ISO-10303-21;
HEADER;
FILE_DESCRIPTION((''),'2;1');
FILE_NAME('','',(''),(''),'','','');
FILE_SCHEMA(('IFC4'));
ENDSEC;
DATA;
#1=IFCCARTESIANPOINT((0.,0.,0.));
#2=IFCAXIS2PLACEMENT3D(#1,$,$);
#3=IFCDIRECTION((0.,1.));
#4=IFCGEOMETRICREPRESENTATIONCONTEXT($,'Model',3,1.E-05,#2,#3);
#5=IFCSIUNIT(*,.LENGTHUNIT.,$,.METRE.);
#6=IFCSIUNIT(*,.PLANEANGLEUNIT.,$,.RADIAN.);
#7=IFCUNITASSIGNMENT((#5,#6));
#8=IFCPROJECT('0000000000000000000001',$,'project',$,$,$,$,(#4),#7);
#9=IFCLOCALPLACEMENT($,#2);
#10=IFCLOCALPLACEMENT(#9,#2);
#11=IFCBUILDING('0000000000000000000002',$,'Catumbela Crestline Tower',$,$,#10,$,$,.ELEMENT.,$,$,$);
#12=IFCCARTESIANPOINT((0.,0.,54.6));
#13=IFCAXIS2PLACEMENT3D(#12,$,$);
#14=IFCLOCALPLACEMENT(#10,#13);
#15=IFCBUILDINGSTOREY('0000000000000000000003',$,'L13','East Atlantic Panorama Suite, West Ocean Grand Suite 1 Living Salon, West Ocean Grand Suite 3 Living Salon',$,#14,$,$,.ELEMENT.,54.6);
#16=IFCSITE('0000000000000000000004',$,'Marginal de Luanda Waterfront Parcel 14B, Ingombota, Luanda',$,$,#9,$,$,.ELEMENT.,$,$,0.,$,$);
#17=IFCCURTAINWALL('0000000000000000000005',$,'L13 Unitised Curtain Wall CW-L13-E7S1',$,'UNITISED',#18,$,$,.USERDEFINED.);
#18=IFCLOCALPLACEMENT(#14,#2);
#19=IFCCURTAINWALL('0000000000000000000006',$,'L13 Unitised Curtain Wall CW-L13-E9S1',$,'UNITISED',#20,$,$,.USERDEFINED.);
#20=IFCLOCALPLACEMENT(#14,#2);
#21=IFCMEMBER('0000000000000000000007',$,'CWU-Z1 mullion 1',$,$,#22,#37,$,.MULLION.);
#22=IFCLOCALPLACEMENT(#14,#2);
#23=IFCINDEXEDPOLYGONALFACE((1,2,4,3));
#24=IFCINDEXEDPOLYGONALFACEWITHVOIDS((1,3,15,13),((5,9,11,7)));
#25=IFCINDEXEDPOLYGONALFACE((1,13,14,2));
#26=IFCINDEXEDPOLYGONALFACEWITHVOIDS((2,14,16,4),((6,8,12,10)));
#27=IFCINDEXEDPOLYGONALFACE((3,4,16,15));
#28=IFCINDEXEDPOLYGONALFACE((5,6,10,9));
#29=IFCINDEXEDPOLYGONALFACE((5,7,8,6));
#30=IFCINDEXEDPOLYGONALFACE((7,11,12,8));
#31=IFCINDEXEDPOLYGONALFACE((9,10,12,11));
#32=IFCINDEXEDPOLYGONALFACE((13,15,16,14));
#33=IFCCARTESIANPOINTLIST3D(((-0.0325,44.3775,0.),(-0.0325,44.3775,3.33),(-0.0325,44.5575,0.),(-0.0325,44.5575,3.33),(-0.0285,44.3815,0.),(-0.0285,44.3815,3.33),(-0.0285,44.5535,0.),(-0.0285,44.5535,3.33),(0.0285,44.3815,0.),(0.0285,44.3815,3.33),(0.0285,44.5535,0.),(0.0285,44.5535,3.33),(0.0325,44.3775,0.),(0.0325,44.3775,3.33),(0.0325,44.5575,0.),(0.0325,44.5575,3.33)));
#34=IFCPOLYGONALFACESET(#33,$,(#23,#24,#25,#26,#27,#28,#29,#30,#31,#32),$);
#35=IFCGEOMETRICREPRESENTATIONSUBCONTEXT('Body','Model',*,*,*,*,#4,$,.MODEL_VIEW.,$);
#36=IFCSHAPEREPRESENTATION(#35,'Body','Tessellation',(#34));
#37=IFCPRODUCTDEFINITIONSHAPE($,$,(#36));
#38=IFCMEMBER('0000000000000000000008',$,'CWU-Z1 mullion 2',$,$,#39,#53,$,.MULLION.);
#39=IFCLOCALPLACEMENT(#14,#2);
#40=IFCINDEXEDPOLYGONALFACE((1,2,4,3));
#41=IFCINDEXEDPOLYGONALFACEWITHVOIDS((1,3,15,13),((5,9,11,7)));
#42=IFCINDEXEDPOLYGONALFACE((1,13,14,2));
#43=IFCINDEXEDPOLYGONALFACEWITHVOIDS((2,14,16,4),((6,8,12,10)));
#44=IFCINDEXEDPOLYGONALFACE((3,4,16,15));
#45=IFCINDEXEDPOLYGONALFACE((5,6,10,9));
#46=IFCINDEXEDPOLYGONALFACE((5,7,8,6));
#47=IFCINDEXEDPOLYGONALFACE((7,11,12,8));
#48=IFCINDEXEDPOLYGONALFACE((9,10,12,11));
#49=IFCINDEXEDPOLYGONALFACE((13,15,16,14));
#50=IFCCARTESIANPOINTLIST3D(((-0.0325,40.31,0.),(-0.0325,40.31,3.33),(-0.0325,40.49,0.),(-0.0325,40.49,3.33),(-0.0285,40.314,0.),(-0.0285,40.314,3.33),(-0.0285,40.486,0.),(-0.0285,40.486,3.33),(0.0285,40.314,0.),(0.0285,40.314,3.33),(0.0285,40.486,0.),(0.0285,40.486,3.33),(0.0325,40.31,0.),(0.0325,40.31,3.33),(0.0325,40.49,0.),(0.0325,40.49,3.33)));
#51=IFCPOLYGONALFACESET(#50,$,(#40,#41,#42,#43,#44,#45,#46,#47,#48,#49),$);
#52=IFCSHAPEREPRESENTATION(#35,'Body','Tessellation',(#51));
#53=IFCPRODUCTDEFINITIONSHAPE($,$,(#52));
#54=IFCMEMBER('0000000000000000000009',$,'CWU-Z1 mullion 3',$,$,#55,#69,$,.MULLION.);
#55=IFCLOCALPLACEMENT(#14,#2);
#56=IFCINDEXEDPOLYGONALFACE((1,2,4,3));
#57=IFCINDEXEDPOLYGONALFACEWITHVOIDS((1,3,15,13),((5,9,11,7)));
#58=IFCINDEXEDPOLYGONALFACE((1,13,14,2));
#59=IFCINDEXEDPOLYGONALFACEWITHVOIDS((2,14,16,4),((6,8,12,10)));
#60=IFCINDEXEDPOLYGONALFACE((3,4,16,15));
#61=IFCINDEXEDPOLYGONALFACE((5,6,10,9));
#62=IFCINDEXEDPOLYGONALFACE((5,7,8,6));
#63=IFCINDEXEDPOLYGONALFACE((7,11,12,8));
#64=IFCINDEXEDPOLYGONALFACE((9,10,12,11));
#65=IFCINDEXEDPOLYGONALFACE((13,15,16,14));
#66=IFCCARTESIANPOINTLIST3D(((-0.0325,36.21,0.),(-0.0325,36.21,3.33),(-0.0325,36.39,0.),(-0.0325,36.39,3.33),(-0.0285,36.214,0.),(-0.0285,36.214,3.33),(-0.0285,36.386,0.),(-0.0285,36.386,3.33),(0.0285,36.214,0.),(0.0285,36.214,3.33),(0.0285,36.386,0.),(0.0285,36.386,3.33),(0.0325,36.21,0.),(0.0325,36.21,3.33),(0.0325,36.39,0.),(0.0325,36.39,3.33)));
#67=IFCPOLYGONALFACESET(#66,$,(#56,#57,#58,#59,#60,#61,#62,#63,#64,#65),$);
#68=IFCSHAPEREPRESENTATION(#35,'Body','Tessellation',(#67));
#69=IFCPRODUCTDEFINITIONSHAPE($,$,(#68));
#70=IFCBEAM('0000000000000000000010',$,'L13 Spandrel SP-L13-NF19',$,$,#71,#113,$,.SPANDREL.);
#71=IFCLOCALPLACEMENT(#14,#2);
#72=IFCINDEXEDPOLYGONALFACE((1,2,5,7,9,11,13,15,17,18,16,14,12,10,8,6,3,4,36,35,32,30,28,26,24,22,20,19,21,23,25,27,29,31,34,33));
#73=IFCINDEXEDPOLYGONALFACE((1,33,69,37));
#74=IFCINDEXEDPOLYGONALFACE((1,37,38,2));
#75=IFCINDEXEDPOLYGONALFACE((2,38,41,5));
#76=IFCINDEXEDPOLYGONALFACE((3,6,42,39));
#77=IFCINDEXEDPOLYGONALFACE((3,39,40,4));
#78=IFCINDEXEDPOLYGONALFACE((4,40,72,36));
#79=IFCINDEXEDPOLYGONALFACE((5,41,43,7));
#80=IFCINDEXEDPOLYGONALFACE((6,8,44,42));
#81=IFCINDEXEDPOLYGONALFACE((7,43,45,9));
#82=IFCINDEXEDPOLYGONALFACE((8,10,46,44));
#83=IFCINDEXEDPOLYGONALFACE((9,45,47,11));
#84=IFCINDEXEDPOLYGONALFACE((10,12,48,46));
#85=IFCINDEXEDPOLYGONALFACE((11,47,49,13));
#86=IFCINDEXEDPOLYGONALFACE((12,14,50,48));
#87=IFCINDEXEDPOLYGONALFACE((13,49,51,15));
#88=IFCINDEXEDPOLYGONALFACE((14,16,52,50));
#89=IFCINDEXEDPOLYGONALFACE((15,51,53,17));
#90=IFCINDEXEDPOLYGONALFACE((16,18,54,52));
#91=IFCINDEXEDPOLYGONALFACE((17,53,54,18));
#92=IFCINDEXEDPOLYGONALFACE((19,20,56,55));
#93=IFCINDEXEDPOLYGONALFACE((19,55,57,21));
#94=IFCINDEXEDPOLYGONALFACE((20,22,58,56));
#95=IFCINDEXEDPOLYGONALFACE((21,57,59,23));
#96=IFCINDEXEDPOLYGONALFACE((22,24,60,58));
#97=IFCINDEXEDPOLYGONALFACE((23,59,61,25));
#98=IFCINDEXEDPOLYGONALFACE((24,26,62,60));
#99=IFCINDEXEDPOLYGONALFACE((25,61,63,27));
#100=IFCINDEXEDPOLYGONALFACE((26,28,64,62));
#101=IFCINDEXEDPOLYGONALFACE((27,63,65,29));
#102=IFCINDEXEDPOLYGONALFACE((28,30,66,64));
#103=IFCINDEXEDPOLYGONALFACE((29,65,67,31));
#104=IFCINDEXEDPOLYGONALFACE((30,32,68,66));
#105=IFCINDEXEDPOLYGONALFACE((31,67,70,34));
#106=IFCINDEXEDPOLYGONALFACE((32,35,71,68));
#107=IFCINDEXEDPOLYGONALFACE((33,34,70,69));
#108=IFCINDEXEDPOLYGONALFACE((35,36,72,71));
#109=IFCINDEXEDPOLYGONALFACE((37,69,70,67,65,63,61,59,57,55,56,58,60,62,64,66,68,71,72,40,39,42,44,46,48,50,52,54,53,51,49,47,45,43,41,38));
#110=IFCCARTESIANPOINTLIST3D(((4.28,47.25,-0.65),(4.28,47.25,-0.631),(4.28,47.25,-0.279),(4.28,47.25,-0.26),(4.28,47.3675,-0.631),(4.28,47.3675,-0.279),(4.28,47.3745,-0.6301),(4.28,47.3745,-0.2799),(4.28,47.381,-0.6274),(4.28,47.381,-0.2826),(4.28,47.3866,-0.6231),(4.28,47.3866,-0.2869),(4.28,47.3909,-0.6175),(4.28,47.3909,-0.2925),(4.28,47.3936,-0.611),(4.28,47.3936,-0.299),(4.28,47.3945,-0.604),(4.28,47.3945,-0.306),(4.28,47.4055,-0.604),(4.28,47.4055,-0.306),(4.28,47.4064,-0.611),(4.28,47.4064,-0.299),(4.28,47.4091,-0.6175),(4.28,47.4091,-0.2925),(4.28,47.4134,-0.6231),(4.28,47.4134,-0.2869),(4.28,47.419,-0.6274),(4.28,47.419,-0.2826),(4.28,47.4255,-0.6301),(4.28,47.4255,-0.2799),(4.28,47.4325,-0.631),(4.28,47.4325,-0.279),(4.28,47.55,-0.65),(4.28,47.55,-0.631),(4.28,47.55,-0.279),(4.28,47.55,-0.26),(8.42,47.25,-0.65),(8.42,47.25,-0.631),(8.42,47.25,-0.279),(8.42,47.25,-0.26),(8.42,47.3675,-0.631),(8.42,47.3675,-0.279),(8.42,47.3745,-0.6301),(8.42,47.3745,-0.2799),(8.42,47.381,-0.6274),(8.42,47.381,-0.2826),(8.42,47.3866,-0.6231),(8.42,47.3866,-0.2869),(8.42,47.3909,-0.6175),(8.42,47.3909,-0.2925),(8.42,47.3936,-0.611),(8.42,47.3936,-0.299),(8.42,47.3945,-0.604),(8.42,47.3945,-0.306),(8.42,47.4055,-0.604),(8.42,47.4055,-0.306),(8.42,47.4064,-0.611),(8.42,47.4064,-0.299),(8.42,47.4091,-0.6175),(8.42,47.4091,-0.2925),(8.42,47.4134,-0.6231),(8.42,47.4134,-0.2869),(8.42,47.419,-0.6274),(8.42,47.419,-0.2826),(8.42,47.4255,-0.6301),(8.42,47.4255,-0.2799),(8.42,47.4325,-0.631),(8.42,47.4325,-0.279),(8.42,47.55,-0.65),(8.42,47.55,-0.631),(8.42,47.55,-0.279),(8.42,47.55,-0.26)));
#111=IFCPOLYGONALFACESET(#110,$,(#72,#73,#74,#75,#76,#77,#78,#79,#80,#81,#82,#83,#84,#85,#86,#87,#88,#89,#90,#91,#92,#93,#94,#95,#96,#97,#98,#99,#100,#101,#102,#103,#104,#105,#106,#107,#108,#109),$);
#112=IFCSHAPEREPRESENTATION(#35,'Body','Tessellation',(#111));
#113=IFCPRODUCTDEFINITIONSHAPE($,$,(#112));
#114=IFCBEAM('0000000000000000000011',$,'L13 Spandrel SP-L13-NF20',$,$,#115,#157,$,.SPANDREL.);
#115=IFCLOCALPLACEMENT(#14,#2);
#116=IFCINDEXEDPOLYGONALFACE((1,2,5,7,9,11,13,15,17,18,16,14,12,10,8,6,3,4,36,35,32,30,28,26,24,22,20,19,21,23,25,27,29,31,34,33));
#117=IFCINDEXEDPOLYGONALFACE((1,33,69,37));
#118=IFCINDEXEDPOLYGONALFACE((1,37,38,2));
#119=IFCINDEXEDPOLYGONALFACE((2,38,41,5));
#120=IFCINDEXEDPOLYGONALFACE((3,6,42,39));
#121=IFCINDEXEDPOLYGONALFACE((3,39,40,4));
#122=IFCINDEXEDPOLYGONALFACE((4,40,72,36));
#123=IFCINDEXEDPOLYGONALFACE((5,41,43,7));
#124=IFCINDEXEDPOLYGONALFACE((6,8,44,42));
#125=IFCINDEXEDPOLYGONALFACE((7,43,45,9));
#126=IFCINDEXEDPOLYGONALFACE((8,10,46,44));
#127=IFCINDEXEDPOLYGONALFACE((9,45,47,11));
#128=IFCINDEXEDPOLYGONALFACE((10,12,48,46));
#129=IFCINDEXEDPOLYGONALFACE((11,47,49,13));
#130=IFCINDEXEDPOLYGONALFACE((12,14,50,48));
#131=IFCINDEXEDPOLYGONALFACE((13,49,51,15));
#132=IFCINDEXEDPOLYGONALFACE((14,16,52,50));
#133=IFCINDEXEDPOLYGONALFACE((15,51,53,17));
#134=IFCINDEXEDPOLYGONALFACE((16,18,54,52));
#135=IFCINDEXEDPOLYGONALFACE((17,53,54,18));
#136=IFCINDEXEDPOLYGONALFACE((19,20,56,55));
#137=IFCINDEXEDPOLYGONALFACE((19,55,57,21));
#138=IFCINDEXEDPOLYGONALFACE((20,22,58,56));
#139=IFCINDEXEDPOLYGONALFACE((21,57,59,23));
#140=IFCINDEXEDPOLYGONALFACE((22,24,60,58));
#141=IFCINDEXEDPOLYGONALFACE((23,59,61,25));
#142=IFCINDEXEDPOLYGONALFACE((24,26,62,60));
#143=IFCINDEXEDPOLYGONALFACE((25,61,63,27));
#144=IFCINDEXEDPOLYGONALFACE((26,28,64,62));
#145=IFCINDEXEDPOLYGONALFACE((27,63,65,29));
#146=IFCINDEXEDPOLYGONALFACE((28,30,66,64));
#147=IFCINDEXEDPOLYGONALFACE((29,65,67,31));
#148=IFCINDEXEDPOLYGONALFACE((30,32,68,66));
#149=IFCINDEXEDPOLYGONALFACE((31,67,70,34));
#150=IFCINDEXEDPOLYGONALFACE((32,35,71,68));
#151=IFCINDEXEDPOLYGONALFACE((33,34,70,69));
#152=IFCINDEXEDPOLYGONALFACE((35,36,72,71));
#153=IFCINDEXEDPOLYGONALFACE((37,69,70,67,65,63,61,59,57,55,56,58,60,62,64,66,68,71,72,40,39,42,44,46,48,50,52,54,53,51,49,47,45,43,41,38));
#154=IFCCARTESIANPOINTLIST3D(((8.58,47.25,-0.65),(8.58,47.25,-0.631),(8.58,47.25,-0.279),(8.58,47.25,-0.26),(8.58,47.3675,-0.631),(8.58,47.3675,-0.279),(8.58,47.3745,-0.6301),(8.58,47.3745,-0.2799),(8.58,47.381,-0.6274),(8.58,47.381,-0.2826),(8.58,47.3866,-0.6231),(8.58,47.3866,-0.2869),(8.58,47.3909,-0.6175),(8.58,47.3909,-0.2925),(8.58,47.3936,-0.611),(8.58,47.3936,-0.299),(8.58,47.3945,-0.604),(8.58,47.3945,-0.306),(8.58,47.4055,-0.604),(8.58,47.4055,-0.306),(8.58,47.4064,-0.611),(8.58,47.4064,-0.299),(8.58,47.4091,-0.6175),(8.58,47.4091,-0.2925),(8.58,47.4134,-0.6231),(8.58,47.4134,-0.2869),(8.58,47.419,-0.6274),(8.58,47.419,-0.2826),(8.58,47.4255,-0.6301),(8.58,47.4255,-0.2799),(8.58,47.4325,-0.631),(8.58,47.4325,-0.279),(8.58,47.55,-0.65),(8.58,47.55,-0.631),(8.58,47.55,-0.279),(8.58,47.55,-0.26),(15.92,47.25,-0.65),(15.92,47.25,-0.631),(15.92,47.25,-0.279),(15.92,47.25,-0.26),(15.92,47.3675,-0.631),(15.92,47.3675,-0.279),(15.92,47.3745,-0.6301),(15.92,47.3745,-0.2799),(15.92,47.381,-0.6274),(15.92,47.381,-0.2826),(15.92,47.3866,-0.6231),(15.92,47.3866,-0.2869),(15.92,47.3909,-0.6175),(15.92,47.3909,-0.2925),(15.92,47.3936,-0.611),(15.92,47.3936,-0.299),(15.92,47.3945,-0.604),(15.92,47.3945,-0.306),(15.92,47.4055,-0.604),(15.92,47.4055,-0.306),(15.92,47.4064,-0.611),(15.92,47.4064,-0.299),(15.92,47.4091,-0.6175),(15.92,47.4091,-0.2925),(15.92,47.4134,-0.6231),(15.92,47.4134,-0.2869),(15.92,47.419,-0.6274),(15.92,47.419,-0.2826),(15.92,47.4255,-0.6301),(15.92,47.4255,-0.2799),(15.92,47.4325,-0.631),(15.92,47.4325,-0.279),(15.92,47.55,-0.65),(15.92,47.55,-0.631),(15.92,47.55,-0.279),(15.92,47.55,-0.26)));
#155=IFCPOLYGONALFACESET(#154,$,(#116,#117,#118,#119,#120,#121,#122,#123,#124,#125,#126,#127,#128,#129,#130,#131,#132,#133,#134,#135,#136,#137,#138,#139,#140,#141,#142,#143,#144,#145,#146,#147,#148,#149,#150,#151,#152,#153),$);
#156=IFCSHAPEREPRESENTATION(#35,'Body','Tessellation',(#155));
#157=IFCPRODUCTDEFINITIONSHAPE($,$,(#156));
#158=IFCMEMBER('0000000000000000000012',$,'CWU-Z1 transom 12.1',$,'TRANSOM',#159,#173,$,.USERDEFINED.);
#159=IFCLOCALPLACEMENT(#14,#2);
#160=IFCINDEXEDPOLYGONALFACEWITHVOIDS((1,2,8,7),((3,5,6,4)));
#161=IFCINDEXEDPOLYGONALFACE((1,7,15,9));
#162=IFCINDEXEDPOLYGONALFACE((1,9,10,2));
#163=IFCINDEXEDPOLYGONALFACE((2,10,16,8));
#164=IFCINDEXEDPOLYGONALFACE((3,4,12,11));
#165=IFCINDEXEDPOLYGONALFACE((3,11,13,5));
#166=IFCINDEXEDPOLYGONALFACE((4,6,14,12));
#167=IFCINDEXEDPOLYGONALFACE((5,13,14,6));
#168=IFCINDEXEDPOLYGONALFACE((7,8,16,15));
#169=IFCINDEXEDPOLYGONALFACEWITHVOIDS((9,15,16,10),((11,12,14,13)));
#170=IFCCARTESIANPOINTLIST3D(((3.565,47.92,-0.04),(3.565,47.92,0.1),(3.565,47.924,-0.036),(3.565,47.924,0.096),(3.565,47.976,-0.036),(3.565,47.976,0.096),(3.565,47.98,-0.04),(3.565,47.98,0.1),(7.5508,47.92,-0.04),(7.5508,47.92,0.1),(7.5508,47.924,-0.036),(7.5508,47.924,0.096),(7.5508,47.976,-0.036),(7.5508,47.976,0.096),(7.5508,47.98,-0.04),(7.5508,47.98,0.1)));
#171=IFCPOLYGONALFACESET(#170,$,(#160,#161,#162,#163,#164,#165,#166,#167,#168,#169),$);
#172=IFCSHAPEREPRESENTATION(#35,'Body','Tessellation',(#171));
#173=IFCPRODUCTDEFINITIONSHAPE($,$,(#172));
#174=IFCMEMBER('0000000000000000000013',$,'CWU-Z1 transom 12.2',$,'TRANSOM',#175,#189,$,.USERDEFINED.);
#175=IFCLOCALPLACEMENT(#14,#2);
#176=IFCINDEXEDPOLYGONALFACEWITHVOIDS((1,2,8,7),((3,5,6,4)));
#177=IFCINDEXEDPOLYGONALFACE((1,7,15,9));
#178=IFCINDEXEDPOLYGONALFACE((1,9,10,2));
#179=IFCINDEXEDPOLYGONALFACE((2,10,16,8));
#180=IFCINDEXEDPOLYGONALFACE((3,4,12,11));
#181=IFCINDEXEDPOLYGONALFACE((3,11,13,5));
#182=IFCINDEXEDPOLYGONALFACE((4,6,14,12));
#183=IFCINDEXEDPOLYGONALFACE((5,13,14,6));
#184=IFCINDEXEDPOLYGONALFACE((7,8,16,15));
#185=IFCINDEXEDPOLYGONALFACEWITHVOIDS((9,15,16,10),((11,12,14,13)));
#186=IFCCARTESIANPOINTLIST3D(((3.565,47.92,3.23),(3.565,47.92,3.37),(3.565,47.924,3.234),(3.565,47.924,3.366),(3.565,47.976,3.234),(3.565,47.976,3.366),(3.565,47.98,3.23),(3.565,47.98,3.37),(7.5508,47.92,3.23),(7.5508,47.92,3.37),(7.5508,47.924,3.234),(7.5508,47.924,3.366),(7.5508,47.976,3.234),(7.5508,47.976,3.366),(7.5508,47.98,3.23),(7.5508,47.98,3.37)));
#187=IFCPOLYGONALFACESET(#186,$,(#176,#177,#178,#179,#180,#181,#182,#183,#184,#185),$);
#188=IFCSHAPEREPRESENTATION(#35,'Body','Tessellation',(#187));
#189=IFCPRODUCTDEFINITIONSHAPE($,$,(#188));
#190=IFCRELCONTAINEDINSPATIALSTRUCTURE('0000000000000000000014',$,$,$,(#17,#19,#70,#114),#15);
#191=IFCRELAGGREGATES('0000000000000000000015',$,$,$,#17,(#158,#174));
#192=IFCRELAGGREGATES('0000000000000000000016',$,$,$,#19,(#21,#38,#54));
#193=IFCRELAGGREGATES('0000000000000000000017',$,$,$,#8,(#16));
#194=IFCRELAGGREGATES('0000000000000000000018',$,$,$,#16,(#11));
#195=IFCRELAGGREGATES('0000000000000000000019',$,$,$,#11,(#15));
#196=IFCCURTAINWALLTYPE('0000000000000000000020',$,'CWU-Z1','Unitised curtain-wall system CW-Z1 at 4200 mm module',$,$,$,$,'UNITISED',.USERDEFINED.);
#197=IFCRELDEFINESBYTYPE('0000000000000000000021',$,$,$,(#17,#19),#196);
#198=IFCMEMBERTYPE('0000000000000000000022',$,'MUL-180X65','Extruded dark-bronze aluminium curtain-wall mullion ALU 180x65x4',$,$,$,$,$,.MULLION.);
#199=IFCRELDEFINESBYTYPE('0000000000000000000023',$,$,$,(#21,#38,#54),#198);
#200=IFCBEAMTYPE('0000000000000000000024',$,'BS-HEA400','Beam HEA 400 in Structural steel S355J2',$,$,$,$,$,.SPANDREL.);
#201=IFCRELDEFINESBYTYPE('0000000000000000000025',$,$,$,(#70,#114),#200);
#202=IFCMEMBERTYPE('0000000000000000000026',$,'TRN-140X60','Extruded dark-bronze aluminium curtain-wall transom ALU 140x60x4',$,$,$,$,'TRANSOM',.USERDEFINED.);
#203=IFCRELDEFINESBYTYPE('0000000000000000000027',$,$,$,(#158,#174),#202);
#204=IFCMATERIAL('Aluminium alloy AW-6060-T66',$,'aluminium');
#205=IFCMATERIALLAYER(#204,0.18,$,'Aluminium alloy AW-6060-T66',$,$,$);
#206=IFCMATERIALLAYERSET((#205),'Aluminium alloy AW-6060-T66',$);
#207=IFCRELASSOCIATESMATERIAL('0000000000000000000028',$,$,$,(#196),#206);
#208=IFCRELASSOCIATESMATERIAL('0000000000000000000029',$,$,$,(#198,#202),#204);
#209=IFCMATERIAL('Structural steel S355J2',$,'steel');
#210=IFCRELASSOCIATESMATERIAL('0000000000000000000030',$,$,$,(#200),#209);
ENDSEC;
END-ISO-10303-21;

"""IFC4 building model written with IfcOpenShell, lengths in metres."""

from ifc_helpers import new_model, si_unit, direction, frame, origin, origin_2d, place, context, subcontext, project, spatial, hollow_rectangle, i_section, extrude, material, layer, layer_set, material_profile, profile_set, type_object, element, aggregate, save


model = new_model("IFC4")

# Units and contexts
model_context = context("Model", 3, precision=1e-05, world=origin(), true_north=direction((0.0, 1.0)))
body_context = subcontext(model_context, "Body", "Model", "MODEL_VIEW")
ifc_project = project(units=[si_unit("LENGTHUNIT", "METRE"), si_unit("PLANEANGLEUNIT", "RADIAN")], contexts=[model_context])

# Site, building, storey
site_placement = place(None, origin())
site = spatial("IfcSite", under=ifc_project, at=site_placement, Name="Marginal de Luanda Waterfront Parcel 14B, Ingombota, Luanda", CompositionType="ELEMENT", RefElevation=0.0)
building_placement = place(site_placement, origin())
building = spatial("IfcBuilding", under=site, at=building_placement, Name="Catumbela Crestline Tower", CompositionType="ELEMENT")
storey_placement = place(building_placement, frame((0.0, 0.0, 54.6)))
storey = spatial("IfcBuildingStorey", under=building, at=storey_placement, Name="L13", Description="East Atlantic Panorama Suite, West Ocean Grand Suite 1 Living Salon, West Ocean Grand Suite 3 Living Salon", CompositionType="ELEMENT", Elevation=54.6)

# Shared definitions
ifc_material_1 = material(Name="Structural steel S355J2", Category="steel")

# Curtain walls, members
ifc_material_2 = material(Name="Aluminium alloy AW-6060-T66", Category="aluminium")
ifc_layer_1 = layer(ifc_material_2, 0.18, Name="Aluminium alloy AW-6060-T66")
ifc_layer_set_1 = layer_set([ifc_layer_1], Name="Aluminium alloy AW-6060-T66")
curtain_wall_type = type_object("IfcCurtainWallType", Name="CWU-Z1", Description="Unitised curtain-wall system CW-Z1 at 4200 mm module", ElementType="UNITISED", PredefinedType="USERDEFINED", material=ifc_layer_set_1)
curtain_wall_1_placement = place(storey_placement, origin())
curtain_wall_1 = element("IfcCurtainWall", 1, at=curtain_wall_1_placement, inside=storey, type_object=curtain_wall_type, Name="L13 Unitised Curtain Wall CW-L13-E7S1", ObjectType="UNITISED", PredefinedType="USERDEFINED")
ifc_material_profile_1 = material_profile(ifc_material_2, hollow_rectangle(XDim=0.065, YDim=0.18, WallThickness=0.004, at=origin_2d()), Name="ALU 180x65x4")
ifc_profile_set_1 = profile_set([ifc_material_profile_1], Name="Aluminium alloy AW-6060-T66")
member_type_1 = type_object("IfcMemberType", Name="MUL-180X65", Description="Extruded dark-bronze aluminium curtain-wall mullion ALU 180x65x4", PredefinedType="MULLION", material=ifc_profile_set_1)
curtain_wall_2_placement = place(storey_placement, origin())
curtain_wall_2 = element("IfcCurtainWall", 2, at=curtain_wall_2_placement, inside=storey, type_object=curtain_wall_type, Name="L13 Unitised Curtain Wall CW-L13-E9S1", ObjectType="UNITISED", PredefinedType="USERDEFINED")
member_1_placement = place(storey_placement, frame((0.0, 44.4675, 0.0), z_axis=(0.0, 0.0, 1.0), x_axis=(1.0, 0.0, 0.0)))
member_1 = element("IfcMember", 3, at=member_1_placement, type_object=member_type_1, Name="CWU-Z1 mullion 1", PredefinedType="MULLION", context=body_context, shape_type="SweptSolid", body=[
    extrude(hollow_rectangle(XDim=0.065, YDim=0.18, WallThickness=0.004, at=origin_2d()), origin(), (0.0, 0.0, 1.0), 3.33),
])
member_2_placement = place(storey_placement, frame((0.0, 40.4, 0.0), z_axis=(0.0, 0.0, 1.0), x_axis=(1.0, 0.0, 0.0)))
member_2 = element("IfcMember", 4, at=member_2_placement, type_object=member_type_1, Name="CWU-Z1 mullion 2", PredefinedType="MULLION", context=body_context, shape_type="SweptSolid", body=[
    extrude(hollow_rectangle(XDim=0.065, YDim=0.18, WallThickness=0.004, at=origin_2d()), origin(), (0.0, 0.0, 1.0), 3.33),
])
member_3_placement = place(storey_placement, frame((0.0, 36.3, 0.0), z_axis=(0.0, 0.0, 1.0), x_axis=(1.0, 0.0, 0.0)))
member_3 = element("IfcMember", 5, at=member_3_placement, type_object=member_type_1, Name="CWU-Z1 mullion 3", PredefinedType="MULLION", context=body_context, shape_type="SweptSolid", body=[
    extrude(hollow_rectangle(XDim=0.065, YDim=0.18, WallThickness=0.004, at=origin_2d()), origin(), (0.0, 0.0, 1.0), 3.33),
])

# Beams
ifc_material_profile_2 = material_profile(ifc_material_1, i_section(OverallWidth=0.3, OverallDepth=0.39, WebThickness=0.011, FlangeThickness=0.019, FilletRadius=0.027, at=origin_2d()), Name="HEA 400")
ifc_profile_set_2 = profile_set([ifc_material_profile_2], Name="Structural steel S355J2")
beam_type_1 = type_object("IfcBeamType", Name="BS-HEA400", Description="Beam HEA 400 in Structural steel S355J2", PredefinedType="SPANDREL", material=ifc_profile_set_2)
beam_1_placement = place(storey_placement, frame((4.28, 47.4, -0.455), z_axis=(1.0, 0.0, 0.0), x_axis=(0.0, 1.0, 0.0)))
element("IfcBeam", 6, at=beam_1_placement, inside=storey, type_object=beam_type_1, Name="L13 Spandrel SP-L13-NF19", PredefinedType="SPANDREL", context=body_context, shape_type="SweptSolid", body=[
    extrude(i_section(OverallWidth=0.3, OverallDepth=0.39, WebThickness=0.011, FlangeThickness=0.019, FilletRadius=0.027, at=origin_2d()), origin(), (0.0, 0.0, 1.0), 4.14),
])
beam_2_placement = place(storey_placement, frame((8.58, 47.4, -0.455), z_axis=(1.0, 0.0, 0.0), x_axis=(0.0, 1.0, 0.0)))
element("IfcBeam", 7, at=beam_2_placement, inside=storey, type_object=beam_type_1, Name="L13 Spandrel SP-L13-NF20", PredefinedType="SPANDREL", context=body_context, shape_type="SweptSolid", body=[
    extrude(i_section(OverallWidth=0.3, OverallDepth=0.39, WebThickness=0.011, FlangeThickness=0.019, FilletRadius=0.027, at=origin_2d()), origin(), (0.0, 0.0, 1.0), 7.34),
])

# Members
ifc_material_profile_3 = material_profile(ifc_material_2, hollow_rectangle(XDim=0.06, YDim=0.14, WallThickness=0.004, at=origin_2d()), Name="ALU 140x60x4")
ifc_profile_set_3 = profile_set([ifc_material_profile_3], Name="Aluminium alloy AW-6060-T66")
member_type_2 = type_object("IfcMemberType", Name="TRN-140X60", Description="Extruded dark-bronze aluminium curtain-wall transom ALU 140x60x4", ElementType="TRANSOM", PredefinedType="USERDEFINED", material=ifc_profile_set_3)
member_4_placement = place(storey_placement, frame((7.5508, 47.95, 0.03), z_axis=(-1.0, 0.0, 0.0), x_axis=(0.0, -1.0, 0.0)))
member_4 = element("IfcMember", 8, at=member_4_placement, type_object=member_type_2, Name="CWU-Z1 transom 12.1", ObjectType="TRANSOM", PredefinedType="USERDEFINED", context=body_context, shape_type="SweptSolid", body=[
    extrude(hollow_rectangle(XDim=0.06, YDim=0.14, WallThickness=0.004, at=origin_2d()), origin(), (0.0, 0.0, 1.0), 3.9858),
])
member_5_placement = place(storey_placement, frame((7.5508, 47.95, 3.3), z_axis=(-1.0, 0.0, 0.0), x_axis=(0.0, -1.0, 0.0)))
member_5 = element("IfcMember", 9, at=member_5_placement, type_object=member_type_2, Name="CWU-Z1 transom 12.2", ObjectType="TRANSOM", PredefinedType="USERDEFINED", context=body_context, shape_type="SweptSolid", body=[
    extrude(hollow_rectangle(XDim=0.06, YDim=0.14, WallThickness=0.004, at=origin_2d()), origin(), (0.0, 0.0, 1.0), 3.9858),
])

aggregate(curtain_wall_1, [member_4, member_5])
aggregate(curtain_wall_2, [member_1, member_2, member_3])

save(model, "model.ifc")
